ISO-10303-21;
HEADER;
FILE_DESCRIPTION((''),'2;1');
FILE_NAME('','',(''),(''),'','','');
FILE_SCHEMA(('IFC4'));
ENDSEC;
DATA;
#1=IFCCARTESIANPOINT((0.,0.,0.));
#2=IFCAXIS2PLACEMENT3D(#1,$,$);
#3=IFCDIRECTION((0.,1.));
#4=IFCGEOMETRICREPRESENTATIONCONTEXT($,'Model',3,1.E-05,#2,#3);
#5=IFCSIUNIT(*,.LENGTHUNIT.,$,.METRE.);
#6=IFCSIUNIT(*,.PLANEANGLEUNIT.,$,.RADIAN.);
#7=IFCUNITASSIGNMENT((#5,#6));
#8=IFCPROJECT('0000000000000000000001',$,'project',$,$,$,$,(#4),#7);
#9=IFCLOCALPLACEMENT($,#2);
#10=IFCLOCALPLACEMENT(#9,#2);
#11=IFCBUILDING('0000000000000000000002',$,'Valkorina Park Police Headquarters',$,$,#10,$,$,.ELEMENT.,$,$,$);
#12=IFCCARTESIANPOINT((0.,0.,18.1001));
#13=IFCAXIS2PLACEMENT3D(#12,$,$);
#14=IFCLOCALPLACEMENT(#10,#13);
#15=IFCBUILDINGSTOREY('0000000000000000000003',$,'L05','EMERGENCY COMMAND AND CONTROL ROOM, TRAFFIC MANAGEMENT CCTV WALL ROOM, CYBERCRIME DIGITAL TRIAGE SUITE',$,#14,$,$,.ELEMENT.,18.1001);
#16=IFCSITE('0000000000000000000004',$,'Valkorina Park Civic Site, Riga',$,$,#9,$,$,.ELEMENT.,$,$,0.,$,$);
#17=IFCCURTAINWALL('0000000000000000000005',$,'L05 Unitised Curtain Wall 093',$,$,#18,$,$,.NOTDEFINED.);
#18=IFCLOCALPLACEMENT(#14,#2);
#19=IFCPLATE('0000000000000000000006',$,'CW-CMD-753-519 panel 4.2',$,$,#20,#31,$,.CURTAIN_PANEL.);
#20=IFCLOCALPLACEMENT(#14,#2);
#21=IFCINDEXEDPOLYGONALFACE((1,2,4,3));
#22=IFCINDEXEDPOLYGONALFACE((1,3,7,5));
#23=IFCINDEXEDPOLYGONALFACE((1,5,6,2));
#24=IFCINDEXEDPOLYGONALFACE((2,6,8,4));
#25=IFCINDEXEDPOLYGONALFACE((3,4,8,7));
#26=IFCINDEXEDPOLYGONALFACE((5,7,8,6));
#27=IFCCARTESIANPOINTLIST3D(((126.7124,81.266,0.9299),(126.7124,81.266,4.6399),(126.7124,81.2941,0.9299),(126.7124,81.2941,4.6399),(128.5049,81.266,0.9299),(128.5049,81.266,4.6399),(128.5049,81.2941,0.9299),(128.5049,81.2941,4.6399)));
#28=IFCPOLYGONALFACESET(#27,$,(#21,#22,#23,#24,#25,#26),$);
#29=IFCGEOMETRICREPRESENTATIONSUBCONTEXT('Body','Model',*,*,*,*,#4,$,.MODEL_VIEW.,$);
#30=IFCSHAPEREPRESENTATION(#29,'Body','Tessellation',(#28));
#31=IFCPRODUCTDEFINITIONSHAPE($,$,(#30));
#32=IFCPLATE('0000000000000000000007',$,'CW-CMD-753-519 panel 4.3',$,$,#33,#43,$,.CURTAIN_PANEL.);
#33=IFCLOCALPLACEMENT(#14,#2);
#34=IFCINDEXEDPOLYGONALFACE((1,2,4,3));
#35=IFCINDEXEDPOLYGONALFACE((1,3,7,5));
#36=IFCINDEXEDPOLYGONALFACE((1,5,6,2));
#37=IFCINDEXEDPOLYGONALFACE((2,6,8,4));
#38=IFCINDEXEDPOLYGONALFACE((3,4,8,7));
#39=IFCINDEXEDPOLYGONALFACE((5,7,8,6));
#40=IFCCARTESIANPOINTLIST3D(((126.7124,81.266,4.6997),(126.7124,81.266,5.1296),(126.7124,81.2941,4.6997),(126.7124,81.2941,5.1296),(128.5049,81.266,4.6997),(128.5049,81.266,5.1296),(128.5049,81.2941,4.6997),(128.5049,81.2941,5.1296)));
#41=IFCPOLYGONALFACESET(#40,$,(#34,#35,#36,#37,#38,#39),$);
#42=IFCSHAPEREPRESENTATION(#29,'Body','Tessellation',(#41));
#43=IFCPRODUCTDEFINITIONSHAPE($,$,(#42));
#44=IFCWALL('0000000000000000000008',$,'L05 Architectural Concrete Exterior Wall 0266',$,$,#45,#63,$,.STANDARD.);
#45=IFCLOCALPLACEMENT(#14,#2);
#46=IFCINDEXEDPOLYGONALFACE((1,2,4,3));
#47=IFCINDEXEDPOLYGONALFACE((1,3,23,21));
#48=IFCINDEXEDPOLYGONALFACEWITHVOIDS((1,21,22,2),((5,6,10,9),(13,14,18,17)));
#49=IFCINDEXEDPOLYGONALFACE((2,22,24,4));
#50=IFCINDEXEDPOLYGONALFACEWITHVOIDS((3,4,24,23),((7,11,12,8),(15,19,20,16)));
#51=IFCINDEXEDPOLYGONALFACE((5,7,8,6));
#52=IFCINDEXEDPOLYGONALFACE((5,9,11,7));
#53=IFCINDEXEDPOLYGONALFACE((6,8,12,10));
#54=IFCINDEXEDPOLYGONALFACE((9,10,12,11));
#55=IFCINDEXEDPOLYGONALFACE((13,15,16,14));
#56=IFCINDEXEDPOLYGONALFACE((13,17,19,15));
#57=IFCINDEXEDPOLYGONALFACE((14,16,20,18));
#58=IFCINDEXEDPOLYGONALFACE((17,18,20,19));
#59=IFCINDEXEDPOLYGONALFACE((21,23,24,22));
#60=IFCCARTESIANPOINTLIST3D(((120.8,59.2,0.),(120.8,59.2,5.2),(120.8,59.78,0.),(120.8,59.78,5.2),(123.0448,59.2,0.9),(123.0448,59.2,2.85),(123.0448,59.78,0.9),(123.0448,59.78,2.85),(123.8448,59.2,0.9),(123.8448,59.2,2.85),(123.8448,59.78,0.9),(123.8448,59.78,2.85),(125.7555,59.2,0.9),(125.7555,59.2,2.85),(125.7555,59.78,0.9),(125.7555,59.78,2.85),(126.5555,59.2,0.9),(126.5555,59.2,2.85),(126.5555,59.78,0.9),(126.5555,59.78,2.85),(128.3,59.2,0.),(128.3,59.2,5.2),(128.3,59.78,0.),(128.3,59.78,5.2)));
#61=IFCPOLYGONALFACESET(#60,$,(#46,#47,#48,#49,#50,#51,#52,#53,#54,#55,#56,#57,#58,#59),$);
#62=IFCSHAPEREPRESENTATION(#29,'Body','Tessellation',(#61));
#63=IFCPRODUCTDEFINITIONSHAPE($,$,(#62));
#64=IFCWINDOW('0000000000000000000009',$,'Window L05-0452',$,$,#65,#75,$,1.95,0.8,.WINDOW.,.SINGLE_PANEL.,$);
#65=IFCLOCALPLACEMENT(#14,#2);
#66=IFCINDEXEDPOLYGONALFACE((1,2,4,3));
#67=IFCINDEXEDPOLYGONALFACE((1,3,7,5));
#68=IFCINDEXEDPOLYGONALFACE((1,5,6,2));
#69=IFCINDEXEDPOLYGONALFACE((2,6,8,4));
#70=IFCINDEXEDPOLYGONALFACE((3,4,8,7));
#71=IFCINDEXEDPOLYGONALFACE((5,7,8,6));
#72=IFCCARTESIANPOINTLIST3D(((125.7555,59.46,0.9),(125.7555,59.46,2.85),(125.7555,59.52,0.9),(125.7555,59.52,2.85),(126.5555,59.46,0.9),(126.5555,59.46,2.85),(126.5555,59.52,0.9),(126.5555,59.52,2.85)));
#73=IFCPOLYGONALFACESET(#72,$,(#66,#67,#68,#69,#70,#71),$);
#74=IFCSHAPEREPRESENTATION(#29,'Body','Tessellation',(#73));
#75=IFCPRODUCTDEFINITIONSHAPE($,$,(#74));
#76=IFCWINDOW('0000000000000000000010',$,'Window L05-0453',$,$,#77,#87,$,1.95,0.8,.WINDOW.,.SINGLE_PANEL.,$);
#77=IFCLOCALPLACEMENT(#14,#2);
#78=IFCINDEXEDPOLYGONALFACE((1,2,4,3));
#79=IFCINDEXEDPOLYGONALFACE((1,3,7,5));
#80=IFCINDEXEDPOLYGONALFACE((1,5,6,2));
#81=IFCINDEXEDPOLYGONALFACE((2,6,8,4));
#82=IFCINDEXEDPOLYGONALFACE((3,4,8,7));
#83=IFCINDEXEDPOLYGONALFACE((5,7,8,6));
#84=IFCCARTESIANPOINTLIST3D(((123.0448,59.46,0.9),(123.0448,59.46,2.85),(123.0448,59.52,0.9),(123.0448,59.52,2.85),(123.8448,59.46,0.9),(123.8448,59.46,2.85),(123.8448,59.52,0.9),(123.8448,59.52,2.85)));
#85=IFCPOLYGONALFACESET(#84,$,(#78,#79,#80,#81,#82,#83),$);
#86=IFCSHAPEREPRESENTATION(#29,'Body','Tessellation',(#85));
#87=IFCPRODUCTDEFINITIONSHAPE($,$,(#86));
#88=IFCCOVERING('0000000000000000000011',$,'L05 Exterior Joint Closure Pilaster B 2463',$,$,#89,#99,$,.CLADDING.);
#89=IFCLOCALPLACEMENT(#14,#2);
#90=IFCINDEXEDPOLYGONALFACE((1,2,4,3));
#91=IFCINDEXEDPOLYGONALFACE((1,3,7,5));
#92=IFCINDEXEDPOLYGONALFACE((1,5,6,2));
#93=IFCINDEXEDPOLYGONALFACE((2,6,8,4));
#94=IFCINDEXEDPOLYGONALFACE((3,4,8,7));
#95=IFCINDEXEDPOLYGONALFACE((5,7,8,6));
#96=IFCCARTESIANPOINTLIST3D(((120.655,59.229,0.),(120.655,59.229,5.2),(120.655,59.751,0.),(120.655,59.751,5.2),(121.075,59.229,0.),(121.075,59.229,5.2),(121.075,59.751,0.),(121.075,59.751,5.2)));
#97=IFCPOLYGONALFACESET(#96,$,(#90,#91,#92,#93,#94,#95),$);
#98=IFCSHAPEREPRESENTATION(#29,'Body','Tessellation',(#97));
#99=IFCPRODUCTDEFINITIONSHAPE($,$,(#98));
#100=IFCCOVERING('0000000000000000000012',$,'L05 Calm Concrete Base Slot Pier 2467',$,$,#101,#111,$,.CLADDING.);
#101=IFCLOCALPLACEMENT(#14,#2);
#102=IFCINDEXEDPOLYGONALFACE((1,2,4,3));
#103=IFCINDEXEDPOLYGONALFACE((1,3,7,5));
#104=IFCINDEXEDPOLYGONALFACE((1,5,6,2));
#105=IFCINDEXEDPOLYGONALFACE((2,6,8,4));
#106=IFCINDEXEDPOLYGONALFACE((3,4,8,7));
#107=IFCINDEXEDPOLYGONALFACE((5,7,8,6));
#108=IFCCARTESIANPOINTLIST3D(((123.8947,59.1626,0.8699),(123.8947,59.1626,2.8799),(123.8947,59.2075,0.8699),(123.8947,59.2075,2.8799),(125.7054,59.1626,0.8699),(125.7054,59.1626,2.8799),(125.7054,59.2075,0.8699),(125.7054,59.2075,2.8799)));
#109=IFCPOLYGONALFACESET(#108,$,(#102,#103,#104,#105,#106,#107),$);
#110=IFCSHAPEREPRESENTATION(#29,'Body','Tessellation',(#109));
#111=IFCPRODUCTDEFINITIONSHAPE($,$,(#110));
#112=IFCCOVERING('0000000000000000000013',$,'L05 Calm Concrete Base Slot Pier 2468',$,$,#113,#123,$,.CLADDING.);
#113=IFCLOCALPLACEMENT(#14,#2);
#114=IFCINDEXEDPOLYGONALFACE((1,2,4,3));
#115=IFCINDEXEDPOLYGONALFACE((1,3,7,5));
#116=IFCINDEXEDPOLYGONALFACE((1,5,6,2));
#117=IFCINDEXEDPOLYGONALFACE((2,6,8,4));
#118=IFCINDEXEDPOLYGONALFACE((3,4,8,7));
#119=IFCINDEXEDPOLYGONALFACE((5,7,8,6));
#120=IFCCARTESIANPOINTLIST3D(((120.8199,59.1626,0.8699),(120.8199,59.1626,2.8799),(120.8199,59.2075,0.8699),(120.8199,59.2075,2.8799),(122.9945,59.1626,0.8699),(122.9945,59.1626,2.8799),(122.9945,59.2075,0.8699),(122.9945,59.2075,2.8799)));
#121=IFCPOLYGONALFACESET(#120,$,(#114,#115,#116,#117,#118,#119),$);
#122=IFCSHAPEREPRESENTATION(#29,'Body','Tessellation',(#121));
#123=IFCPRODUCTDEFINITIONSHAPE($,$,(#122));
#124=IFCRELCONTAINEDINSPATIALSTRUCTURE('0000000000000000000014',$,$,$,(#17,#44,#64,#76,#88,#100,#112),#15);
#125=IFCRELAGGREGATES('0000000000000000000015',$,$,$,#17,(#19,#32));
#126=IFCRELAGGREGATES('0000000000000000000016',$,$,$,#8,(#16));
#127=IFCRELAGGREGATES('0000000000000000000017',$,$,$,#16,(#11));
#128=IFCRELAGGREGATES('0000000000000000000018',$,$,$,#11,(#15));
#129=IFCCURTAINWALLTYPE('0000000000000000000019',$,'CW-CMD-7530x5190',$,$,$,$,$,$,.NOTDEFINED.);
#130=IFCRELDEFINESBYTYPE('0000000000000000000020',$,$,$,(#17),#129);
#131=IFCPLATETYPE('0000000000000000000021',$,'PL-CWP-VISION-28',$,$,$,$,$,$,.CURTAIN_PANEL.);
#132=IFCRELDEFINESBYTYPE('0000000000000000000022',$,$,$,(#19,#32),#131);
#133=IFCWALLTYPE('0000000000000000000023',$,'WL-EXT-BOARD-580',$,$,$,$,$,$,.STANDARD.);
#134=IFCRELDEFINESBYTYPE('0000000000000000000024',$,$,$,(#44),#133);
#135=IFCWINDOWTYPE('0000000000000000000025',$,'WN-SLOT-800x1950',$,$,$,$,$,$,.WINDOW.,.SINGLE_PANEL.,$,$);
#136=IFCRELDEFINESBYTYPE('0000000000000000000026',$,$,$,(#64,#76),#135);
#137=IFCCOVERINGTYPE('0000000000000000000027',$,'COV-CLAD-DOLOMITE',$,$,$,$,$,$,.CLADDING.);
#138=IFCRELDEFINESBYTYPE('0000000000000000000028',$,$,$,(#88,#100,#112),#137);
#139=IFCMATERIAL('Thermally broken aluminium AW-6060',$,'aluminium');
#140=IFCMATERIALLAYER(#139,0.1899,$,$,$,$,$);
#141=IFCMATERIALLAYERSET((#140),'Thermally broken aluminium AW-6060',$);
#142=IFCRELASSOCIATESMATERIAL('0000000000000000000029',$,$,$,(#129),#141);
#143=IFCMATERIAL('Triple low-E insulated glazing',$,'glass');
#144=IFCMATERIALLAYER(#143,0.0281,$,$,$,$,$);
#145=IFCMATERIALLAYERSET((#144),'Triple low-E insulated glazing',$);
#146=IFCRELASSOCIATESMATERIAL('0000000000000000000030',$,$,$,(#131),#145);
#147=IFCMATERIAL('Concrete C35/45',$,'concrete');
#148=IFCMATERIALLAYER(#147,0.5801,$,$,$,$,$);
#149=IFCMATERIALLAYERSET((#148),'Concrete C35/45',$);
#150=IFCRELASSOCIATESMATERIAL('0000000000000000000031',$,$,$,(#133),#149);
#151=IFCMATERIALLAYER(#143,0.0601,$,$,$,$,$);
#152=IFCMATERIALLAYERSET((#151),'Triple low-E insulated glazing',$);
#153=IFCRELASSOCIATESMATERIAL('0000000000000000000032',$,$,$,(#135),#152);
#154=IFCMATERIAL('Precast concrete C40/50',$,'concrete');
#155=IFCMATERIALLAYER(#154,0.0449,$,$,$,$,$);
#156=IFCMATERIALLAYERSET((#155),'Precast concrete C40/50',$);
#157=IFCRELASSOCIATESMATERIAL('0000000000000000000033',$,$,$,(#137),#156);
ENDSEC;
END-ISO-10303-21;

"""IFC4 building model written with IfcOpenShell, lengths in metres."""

from ifc_helpers import new_model, si_unit, direction, frame, frame_2d, origin, origin_2d, place, context, subcontext, project, spatial, rectangle, extrude, material, layer, layer_set, type_object, element, fill, aggregate, save


model = new_model("IFC4")

# Units and contexts
model_context = context("Model", 3, precision=1e-05, world=origin(), true_north=direction((0.0, 1.0)))
body_context = subcontext(model_context, "Body", "Model", "MODEL_VIEW")
ifc_project = project(units=[si_unit("LENGTHUNIT", "METRE"), si_unit("PLANEANGLEUNIT", "RADIAN")], contexts=[model_context])

# Site, building, storey
site_placement = place(None, origin())
site = spatial("IfcSite", under=ifc_project, at=site_placement, Name="Valkorina Park Civic Site, Riga", CompositionType="ELEMENT", RefElevation=0.0)
building_placement = place(site_placement, origin())
building = spatial("IfcBuilding", under=site, at=building_placement, Name="Valkorina Park Police Headquarters", CompositionType="ELEMENT")
storey_placement = place(building_placement, frame((0.0, 0.0, 18.1001)))
storey = spatial("IfcBuildingStorey", under=building, at=storey_placement, Name="L05", Description="EMERGENCY COMMAND AND CONTROL ROOM, TRAFFIC MANAGEMENT CCTV WALL ROOM, CYBERCRIME DIGITAL TRIAGE SUITE", CompositionType="ELEMENT", Elevation=18.1001)

# Curtain wall, plates
ifc_material_1 = material(Name="Thermally broken aluminium AW-6060", Category="aluminium")
ifc_layer_1 = layer(ifc_material_1, 0.1899)
ifc_layer_set_1 = layer_set([ifc_layer_1], Name="Thermally broken aluminium AW-6060")
curtain_wall_type = type_object("IfcCurtainWallType", Name="CW-CMD-7530x5190", PredefinedType="NOTDEFINED", material=ifc_layer_set_1)
curtain_wall_placement = place(storey_placement, origin())
curtain_wall = element("IfcCurtainWall", 1, at=curtain_wall_placement, inside=storey, type_object=curtain_wall_type, Name="L05 Unitised Curtain Wall 093", PredefinedType="NOTDEFINED")
ifc_material_2 = material(Name="Triple low-E insulated glazing", Category="glass")
ifc_layer_2 = layer(ifc_material_2, 0.0281)
ifc_layer_set_2 = layer_set([ifc_layer_2], Name="Triple low-E insulated glazing")
plate_type_1 = type_object("IfcPlateType", Name="PL-CWP-VISION-28", PredefinedType="CURTAIN_PANEL", material=ifc_layer_set_2)
plate_1_placement = place(storey_placement, frame((127.6086, 81.28, 0.9299), z_axis=(0.0, 0.0, 1.0), x_axis=(1.0, 0.0, 0.0)))
plate_1 = element("IfcPlate", 2, at=plate_1_placement, type_object=plate_type_1, Name="CW-CMD-753-519 panel 4.2", PredefinedType="CURTAIN_PANEL", context=body_context, shape_type="SweptSolid", body=[
    extrude(rectangle(XDim=1.7925, YDim=0.0281, at=origin_2d()), origin(), (0.0, 0.0, 1.0), 3.71),
])
plate_2_placement = place(storey_placement, frame((127.6086, 81.28, 4.6997), z_axis=(0.0, 0.0, 1.0), x_axis=(1.0, 0.0, 0.0)))
plate_2 = element("IfcPlate", 3, at=plate_2_placement, type_object=plate_type_1, Name="CW-CMD-753-519 panel 4.3", PredefinedType="CURTAIN_PANEL", context=body_context, shape_type="SweptSolid", body=[
    extrude(rectangle(XDim=1.7925, YDim=0.0281, at=origin_2d()), origin(), (0.0, 0.0, 1.0), 0.4299),
])
aggregate(curtain_wall, [plate_1, plate_2])

# Wall, openings, windows
ifc_material_3 = material(Name="Concrete C35/45", Category="concrete")
ifc_layer_3 = layer(ifc_material_3, 0.5801)
ifc_layer_set_3 = layer_set([ifc_layer_3], Name="Concrete C35/45")
wall_type = type_object("IfcWallType", Name="WL-EXT-BOARD-580", PredefinedType="STANDARD", material=ifc_layer_set_3)
wall_placement = place(storey_placement, frame((128.3, 59.49, 0.0), z_axis=(0.0, 0.0, 1.0), x_axis=(-1.0, 0.0, 0.0)))
wall = element("IfcWall", 4, at=wall_placement, inside=storey, type_object=wall_type, Name="L05 Architectural Concrete Exterior Wall 0266", PredefinedType="STANDARD", context=body_context, shape_type="SweptSolid", body=[
    extrude(rectangle(XDim=7.5, YDim=0.5801, at=frame_2d((3.75, 0.0))), origin(), (0.0, 0.0, 1.0), 5.2),
])
opening_1_placement = place(wall_placement, frame((1.7446, 0.0, 0.8999)))
opening_1 = element("IfcOpeningElement", 5, at=opening_1_placement, cuts=wall, PredefinedType="OPENING", context=body_context, shape_type="SweptSolid", body=[
    extrude(rectangle(XDim=0.8, YDim=1.95, at=frame_2d((0.3999, 0.9751))), frame((0.0, 0.3, 0.0), z_axis=(0.0, -1.0, 0.0), x_axis=(1.0, 0.0, 0.0)), (0.0, 0.0, 1.0), 0.6001),
])
opening_2_placement = place(wall_placement, frame((4.4553, 0.0, 0.8999)))
opening_2 = element("IfcOpeningElement", 6, at=opening_2_placement, cuts=wall, PredefinedType="OPENING", context=body_context, shape_type="SweptSolid", body=[
    extrude(rectangle(XDim=0.8, YDim=1.95, at=frame_2d((0.3999, 0.9751))), frame((0.0, 0.3, 0.0), z_axis=(0.0, -1.0, 0.0), x_axis=(1.0, 0.0, 0.0)), (0.0, 0.0, 1.0), 0.6001),
])
ifc_layer_4 = layer(ifc_material_2, 0.0601)
ifc_layer_set_4 = layer_set([ifc_layer_4], Name="Triple low-E insulated glazing")
window_type = type_object("IfcWindowType", Name="WN-SLOT-800x1950", PartitioningType="SINGLE_PANEL", PredefinedType="WINDOW", material=ifc_layer_set_4)
window_1_placement = place(opening_1_placement, origin())
window_1 = element("IfcWindow", 7, at=window_1_placement, inside=storey, type_object=window_type, Name="Window L05-0452", OverallHeight=1.95, OverallWidth=0.8, PartitioningType="SINGLE_PANEL", PredefinedType="WINDOW", context=body_context, shape_type="SweptSolid", body=[
    extrude(rectangle(XDim=0.8, YDim=1.95, at=frame_2d((0.3999, 0.9751))), frame((0.0, 0.03, 0.0), z_axis=(0.0, -1.0, 0.0), x_axis=(1.0, 0.0, 0.0)), (0.0, 0.0, 1.0), 0.0601),
])
fill(opening_1, window_1)
window_2_placement = place(opening_2_placement, origin())
window_2 = element("IfcWindow", 8, at=window_2_placement, inside=storey, type_object=window_type, Name="Window L05-0453", OverallHeight=1.95, OverallWidth=0.8, PartitioningType="SINGLE_PANEL", PredefinedType="WINDOW", context=body_context, shape_type="SweptSolid", body=[
    extrude(rectangle(XDim=0.8, YDim=1.95, at=frame_2d((0.3999, 0.9751))), frame((0.0, 0.03, 0.0), z_axis=(0.0, -1.0, 0.0), x_axis=(1.0, 0.0, 0.0)), (0.0, 0.0, 1.0), 0.0601),
])
fill(opening_2, window_2)

# Coverings
ifc_material_4 = material(Name="Precast concrete C40/50", Category="concrete")
ifc_layer_5 = layer(ifc_material_4, 0.0449)
ifc_layer_set_5 = layer_set([ifc_layer_5], Name="Precast concrete C40/50")
covering_type = type_object("IfcCoveringType", Name="COV-CLAD-DOLOMITE", PredefinedType="CLADDING", material=ifc_layer_set_5)
covering_1_placement = place(storey_placement, frame((120.865, 59.49, 0.0), z_axis=(0.0, 0.0, 1.0), x_axis=(1.0, 0.0, 0.0)))
element("IfcCovering", 9, at=covering_1_placement, inside=storey, type_object=covering_type, Name="L05 Exterior Joint Closure Pilaster B 2463", PredefinedType="CLADDING", context=body_context, shape_type="SweptSolid", body=[
    extrude(rectangle(XDim=0.4199, YDim=0.522, at=origin_2d()), origin(), (0.0, 0.0, 1.0), 5.2),
])
covering_2_placement = place(storey_placement, frame((125.7053, 59.1851, 0.8699), z_axis=(0.0, 0.0, 1.0), x_axis=(-1.0, 0.0, 0.0)))
element("IfcCovering", 10, at=covering_2_placement, inside=storey, type_object=covering_type, Name="L05 Calm Concrete Base Slot Pier 2467", PredefinedType="CLADDING", context=body_context, shape_type="SweptSolid", body=[
    extrude(rectangle(XDim=1.8108, YDim=0.0449, at=frame_2d((0.9053, 0.0))), origin(), (0.0, 0.0, 1.0), 2.01),
])
covering_3_placement = place(storey_placement, frame((122.9946, 59.1851, 0.8699), z_axis=(0.0, 0.0, 1.0), x_axis=(-1.0, 0.0, 0.0)))
element("IfcCovering", 11, at=covering_3_placement, inside=storey, type_object=covering_type, Name="L05 Calm Concrete Base Slot Pier 2468", PredefinedType="CLADDING", context=body_context, shape_type="SweptSolid", body=[
    extrude(rectangle(XDim=2.1746, YDim=0.0449, at=frame_2d((1.0874, 0.0))), origin(), (0.0, 0.0, 1.0), 2.01),
])

save(model, "model.ifc")
